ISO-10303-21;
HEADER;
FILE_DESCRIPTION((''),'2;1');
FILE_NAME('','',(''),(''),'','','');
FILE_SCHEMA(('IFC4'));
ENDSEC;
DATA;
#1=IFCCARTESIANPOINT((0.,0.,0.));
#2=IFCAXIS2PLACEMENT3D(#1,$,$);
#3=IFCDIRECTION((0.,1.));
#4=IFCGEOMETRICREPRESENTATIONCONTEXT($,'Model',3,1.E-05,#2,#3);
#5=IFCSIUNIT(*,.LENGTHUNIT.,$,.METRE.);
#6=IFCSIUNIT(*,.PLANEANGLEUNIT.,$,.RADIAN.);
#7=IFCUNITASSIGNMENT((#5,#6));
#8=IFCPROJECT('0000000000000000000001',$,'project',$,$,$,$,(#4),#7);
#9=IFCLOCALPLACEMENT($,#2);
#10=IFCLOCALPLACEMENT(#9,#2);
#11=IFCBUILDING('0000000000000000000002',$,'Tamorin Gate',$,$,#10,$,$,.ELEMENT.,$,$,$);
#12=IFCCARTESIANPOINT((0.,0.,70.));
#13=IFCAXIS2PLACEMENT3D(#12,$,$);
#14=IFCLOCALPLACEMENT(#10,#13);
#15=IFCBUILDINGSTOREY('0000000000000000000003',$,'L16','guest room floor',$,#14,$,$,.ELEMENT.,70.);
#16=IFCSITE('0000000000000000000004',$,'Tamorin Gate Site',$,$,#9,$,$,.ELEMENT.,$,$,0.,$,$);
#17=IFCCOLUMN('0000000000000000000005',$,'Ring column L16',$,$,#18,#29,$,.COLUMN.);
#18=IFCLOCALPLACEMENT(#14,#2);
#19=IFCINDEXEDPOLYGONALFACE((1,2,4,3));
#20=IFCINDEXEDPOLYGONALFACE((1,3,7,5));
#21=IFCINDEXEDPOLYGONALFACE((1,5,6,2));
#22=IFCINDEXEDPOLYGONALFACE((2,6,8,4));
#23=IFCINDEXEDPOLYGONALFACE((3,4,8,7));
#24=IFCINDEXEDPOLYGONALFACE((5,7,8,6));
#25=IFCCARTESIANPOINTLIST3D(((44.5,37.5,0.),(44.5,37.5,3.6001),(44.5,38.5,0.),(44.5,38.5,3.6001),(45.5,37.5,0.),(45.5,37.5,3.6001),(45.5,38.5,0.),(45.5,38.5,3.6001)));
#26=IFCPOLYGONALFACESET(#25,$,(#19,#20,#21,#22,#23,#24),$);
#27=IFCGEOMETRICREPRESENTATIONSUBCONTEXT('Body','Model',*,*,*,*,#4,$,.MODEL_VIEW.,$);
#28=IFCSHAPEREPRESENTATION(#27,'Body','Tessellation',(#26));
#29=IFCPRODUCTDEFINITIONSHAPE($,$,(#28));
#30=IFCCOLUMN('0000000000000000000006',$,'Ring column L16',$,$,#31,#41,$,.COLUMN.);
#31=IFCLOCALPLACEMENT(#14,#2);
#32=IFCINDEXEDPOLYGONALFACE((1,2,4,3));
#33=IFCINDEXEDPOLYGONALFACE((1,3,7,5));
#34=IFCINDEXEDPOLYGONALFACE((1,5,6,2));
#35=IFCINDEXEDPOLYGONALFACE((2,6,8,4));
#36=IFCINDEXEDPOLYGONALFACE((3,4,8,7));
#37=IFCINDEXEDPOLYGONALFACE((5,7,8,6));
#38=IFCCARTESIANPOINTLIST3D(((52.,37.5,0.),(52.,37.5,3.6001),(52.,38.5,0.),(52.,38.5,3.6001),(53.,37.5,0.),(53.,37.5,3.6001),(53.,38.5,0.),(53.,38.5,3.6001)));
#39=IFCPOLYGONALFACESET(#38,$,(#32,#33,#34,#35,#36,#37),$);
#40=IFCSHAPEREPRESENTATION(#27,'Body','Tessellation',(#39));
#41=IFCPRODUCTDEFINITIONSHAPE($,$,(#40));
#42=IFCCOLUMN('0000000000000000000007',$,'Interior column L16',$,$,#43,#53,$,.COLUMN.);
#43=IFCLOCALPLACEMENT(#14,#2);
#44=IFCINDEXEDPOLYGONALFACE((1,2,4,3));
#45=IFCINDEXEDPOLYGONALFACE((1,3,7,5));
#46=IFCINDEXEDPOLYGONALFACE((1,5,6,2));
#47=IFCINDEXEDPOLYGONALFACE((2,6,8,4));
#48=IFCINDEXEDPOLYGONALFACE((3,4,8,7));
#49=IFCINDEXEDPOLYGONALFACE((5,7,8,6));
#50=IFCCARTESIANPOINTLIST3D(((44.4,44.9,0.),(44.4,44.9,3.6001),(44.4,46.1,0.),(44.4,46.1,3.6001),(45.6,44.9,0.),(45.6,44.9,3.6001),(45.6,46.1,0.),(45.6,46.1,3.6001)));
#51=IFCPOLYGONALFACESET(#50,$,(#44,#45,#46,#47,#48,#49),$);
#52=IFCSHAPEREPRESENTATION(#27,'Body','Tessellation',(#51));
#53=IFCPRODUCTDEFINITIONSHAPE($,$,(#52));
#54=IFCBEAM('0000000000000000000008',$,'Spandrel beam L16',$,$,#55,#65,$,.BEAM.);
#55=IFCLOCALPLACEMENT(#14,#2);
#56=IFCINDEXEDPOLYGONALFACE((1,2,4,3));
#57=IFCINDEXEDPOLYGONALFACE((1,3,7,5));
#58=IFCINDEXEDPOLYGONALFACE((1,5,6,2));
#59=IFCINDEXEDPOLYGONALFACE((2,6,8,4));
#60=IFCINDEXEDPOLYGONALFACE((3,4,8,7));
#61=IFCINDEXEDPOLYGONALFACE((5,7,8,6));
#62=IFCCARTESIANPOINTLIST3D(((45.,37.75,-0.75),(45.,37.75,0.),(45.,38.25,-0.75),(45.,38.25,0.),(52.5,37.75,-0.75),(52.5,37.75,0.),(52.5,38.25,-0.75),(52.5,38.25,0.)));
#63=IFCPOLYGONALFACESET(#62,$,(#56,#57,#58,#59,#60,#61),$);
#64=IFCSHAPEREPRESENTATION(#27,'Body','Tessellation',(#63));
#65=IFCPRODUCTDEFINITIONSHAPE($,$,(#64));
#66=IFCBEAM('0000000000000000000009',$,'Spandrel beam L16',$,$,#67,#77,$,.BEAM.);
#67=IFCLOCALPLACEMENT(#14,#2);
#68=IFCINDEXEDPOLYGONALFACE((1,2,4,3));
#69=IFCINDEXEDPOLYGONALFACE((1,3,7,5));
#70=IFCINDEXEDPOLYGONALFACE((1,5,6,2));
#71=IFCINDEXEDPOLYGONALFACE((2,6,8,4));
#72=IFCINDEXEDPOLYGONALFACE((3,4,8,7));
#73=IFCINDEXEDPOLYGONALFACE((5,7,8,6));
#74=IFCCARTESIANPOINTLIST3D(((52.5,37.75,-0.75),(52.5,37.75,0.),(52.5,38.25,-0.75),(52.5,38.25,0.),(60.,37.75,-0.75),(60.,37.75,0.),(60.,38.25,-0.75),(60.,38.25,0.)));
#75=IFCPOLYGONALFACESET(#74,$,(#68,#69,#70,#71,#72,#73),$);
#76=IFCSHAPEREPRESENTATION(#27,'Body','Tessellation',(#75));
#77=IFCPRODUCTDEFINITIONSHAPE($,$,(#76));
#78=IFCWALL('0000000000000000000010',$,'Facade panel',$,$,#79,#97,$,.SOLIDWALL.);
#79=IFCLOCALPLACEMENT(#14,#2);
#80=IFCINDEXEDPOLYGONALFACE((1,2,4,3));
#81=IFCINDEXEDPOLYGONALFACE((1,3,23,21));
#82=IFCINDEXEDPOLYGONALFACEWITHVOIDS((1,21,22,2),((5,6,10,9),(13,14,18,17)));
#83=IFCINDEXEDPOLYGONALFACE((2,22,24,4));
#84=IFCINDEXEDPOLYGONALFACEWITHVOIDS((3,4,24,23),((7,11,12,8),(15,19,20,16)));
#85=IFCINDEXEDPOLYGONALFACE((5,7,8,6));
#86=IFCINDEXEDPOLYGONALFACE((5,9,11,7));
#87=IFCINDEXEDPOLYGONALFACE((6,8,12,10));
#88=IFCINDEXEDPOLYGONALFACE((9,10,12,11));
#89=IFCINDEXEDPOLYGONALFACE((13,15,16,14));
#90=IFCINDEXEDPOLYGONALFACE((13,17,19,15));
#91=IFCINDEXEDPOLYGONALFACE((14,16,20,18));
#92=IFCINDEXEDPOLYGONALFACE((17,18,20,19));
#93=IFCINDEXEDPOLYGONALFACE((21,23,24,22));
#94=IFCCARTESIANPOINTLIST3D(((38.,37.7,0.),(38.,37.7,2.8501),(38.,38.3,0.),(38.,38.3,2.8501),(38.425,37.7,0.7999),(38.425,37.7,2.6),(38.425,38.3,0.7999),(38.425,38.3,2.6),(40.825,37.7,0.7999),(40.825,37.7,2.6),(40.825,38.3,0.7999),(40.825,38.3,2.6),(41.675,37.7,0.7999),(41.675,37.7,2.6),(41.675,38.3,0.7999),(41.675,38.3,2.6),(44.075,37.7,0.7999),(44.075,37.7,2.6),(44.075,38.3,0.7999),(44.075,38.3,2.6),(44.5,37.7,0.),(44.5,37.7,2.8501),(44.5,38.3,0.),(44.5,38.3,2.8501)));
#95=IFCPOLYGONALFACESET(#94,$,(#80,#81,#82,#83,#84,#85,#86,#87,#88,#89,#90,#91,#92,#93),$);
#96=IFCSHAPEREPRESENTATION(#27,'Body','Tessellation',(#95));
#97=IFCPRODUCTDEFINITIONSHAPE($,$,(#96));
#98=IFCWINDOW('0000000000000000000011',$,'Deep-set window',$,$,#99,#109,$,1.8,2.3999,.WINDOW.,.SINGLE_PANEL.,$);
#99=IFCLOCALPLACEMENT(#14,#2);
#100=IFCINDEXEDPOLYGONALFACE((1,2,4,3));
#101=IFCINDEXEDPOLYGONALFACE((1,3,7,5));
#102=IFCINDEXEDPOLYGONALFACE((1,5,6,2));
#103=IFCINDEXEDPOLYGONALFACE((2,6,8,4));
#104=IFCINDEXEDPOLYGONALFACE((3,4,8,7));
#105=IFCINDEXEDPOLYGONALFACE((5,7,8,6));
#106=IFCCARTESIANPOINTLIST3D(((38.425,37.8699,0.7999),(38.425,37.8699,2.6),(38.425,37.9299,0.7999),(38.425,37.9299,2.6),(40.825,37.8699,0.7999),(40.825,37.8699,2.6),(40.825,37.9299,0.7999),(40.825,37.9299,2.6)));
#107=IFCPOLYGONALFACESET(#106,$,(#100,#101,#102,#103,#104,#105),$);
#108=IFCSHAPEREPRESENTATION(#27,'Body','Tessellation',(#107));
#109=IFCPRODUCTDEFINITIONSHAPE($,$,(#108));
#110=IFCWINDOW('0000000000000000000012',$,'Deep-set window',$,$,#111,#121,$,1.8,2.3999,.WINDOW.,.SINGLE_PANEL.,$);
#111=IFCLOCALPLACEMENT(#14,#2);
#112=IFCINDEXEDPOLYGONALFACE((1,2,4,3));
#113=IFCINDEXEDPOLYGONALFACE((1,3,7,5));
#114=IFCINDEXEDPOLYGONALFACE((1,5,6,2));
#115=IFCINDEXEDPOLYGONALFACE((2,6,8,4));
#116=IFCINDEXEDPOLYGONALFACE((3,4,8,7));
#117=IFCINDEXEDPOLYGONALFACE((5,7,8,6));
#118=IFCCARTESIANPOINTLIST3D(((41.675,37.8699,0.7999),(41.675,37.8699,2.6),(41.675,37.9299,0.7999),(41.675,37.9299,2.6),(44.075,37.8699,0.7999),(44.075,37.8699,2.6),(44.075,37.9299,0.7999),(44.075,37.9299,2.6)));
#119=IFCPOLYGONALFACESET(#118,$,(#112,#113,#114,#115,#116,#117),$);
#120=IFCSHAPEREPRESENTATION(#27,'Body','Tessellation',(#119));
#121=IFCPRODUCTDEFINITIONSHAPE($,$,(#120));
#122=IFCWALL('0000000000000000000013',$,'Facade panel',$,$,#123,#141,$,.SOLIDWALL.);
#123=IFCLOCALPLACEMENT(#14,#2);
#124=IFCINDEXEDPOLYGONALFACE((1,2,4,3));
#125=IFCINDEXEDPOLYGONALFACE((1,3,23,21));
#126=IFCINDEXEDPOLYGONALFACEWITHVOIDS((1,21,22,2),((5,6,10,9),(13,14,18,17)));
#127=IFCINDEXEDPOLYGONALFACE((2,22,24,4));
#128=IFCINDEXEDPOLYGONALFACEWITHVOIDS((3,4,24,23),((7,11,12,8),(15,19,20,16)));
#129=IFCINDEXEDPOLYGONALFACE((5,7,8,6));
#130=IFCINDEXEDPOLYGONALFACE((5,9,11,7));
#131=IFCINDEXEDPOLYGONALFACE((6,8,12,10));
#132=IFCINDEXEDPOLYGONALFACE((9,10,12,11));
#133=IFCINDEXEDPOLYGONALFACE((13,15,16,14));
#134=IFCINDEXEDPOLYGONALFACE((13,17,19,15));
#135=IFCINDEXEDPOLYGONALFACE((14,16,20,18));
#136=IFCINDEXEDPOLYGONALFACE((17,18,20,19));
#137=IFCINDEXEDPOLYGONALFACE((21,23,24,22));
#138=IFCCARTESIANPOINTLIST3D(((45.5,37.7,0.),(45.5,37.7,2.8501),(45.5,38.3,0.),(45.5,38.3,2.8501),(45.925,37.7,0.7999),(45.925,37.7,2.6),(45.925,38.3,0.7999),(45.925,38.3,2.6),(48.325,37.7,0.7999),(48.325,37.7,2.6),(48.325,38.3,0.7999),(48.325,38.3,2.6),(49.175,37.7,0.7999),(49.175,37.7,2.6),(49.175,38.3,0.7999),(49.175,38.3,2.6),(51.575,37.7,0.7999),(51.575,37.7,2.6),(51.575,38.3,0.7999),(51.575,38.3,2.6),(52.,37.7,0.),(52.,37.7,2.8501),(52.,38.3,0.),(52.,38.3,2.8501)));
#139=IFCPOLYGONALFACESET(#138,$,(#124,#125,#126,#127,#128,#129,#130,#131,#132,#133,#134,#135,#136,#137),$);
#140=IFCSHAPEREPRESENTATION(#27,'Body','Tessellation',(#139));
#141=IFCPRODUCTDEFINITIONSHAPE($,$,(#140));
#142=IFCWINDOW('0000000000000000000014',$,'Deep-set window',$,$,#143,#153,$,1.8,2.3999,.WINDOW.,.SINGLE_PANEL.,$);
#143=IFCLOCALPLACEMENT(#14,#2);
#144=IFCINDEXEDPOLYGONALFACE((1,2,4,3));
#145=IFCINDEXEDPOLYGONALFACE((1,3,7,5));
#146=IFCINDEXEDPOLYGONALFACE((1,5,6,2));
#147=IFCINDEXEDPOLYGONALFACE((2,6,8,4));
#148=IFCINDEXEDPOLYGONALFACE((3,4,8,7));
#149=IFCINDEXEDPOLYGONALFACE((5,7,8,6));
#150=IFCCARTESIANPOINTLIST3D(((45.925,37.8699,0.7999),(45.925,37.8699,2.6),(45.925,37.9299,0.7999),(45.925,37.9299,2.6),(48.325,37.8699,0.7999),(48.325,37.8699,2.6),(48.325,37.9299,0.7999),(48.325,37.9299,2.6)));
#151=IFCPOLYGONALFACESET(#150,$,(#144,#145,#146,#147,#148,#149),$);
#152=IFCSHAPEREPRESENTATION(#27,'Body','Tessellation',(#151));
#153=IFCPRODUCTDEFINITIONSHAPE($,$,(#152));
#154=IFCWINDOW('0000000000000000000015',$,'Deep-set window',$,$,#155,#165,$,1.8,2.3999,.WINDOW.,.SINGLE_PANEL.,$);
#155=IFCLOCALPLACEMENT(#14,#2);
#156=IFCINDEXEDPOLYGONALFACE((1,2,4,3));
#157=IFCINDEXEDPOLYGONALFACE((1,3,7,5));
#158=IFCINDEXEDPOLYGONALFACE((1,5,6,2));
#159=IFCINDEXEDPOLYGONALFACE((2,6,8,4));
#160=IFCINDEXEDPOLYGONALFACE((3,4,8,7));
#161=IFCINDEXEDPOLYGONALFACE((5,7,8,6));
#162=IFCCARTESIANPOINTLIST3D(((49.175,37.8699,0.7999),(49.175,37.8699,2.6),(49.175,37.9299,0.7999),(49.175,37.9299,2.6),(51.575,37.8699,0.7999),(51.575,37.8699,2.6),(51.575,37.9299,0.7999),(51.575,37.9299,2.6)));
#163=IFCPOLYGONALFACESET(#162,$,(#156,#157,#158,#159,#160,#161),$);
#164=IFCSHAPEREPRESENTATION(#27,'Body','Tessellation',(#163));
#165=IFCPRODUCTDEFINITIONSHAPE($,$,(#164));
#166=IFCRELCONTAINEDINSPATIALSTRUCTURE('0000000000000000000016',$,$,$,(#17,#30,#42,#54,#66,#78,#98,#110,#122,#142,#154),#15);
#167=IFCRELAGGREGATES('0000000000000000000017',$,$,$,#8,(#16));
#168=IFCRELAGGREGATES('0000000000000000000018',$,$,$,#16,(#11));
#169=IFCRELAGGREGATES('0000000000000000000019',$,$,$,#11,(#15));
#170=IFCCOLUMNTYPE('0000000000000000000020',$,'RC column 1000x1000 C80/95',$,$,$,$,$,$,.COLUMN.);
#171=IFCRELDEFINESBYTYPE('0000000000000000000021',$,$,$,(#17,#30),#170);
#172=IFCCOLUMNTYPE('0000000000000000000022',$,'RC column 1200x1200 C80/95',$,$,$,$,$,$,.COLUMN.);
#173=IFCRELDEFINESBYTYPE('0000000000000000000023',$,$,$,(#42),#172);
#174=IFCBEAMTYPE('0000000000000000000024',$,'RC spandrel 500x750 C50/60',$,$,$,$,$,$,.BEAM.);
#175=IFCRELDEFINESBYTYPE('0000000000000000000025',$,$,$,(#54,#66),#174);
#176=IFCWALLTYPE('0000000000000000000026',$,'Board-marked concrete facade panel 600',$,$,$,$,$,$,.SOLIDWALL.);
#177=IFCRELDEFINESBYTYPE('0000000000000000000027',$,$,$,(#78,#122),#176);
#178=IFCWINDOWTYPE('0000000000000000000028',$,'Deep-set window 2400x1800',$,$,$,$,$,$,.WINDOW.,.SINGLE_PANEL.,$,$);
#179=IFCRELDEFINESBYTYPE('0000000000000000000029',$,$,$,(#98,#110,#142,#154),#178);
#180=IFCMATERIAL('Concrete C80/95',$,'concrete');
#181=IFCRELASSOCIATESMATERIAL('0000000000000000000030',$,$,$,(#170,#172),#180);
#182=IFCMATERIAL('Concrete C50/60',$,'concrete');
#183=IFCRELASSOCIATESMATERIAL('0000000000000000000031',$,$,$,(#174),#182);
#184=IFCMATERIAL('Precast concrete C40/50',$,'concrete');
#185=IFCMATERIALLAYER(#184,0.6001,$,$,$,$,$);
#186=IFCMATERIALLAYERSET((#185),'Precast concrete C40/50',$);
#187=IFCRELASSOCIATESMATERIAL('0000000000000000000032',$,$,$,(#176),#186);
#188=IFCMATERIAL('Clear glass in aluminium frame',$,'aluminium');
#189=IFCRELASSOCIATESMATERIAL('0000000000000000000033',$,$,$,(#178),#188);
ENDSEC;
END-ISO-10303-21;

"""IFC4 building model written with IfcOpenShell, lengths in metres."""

from ifc_helpers import new_model, si_unit, direction, frame, frame_2d, origin, origin_2d, place, context, subcontext, project, spatial, rectangle, extrude, material, layer, layer_set, material_profile, profile_set, type_object, element, fill, save


model = new_model("IFC4")

# Units and contexts
model_context = context("Model", 3, precision=1e-05, world=origin(), true_north=direction((0.0, 1.0)))
body_context = subcontext(model_context, "Body", "Model", "MODEL_VIEW")
ifc_project = project(units=[si_unit("LENGTHUNIT", "METRE"), si_unit("PLANEANGLEUNIT", "RADIAN")], contexts=[model_context])

# Site, building, storey
site_placement = place(None, origin())
site = spatial("IfcSite", under=ifc_project, at=site_placement, Name="Tamorin Gate Site", CompositionType="ELEMENT", RefElevation=0.0)
building_placement = place(site_placement, origin())
building = spatial("IfcBuilding", under=site, at=building_placement, Name="Tamorin Gate", CompositionType="ELEMENT")
storey_placement = place(building_placement, frame((0.0, 0.0, 70.0)))
storey = spatial("IfcBuildingStorey", under=building, at=storey_placement, Name="L16", Description="guest room floor", CompositionType="ELEMENT", Elevation=70.0)

# Columns
ifc_material_1 = material(Name="Concrete C80/95", Category="concrete")
ifc_material_profile_1 = material_profile(ifc_material_1, rectangle(XDim=1.0, YDim=1.0, at=origin_2d()), Name="RC 1000x1000")
ifc_profile_set_1 = profile_set([ifc_material_profile_1], Name="Concrete C80/95")
column_type_1 = type_object("IfcColumnType", Name="RC column 1000x1000 C80/95", PredefinedType="COLUMN", material=ifc_profile_set_1)
for number, where, z_axis, x_axis, name in (
    (1, (45.0, 38.0, 0.0), (0.0, 0.0, 1.0), (1.0, 0.0, 0.0), "Ring column L16"),
    (2, (52.5, 38.0, 0.0), (0.0, 0.0, 1.0), (1.0, 0.0, 0.0), "Ring column L16"),
):
    element("IfcColumn", number, at=place(storey_placement, frame(where, z_axis=z_axis, x_axis=x_axis)), inside=storey, type_object=column_type_1, Name=name, PredefinedType="COLUMN", context=body_context, shape_type="SweptSolid", body=[
        extrude(rectangle(XDim=1.0, YDim=1.0, at=origin_2d()), origin(), (0.0, 0.0, 1.0), 3.6001),
    ])
ifc_material_profile_2 = material_profile(ifc_material_1, rectangle(XDim=1.2, YDim=1.2, at=origin_2d()), Name="RC 1200x1200")
ifc_profile_set_2 = profile_set([ifc_material_profile_2], Name="Concrete C80/95")
column_type_2 = type_object("IfcColumnType", Name="RC column 1200x1200 C80/95", PredefinedType="COLUMN", material=ifc_profile_set_2)
column_placement = place(storey_placement, frame((45.0, 45.5, 0.0), z_axis=(0.0, 0.0, 1.0), x_axis=(1.0, 0.0, 0.0)))
element("IfcColumn", 3, at=column_placement, inside=storey, type_object=column_type_2, Name="Interior column L16", PredefinedType="COLUMN", context=body_context, shape_type="SweptSolid", body=[
    extrude(rectangle(XDim=1.2, YDim=1.2, at=origin_2d()), origin(), (0.0, 0.0, 1.0), 3.6001),
])

# Beams
ifc_material_2 = material(Name="Concrete C50/60", Category="concrete")
ifc_material_profile_3 = material_profile(ifc_material_2, rectangle(XDim=0.5, YDim=0.75, at=origin_2d()), Name="RC 500x750")
ifc_profile_set_3 = profile_set([ifc_material_profile_3], Name="Concrete C50/60")
beam_type = type_object("IfcBeamType", Name="RC spandrel 500x750 C50/60", PredefinedType="BEAM", material=ifc_profile_set_3)
for number, where, z_axis, x_axis, name in (
    (4, (45.0, 38.0, -0.375), (1.0, 0.0, 0.0), (0.0, 1.0, 0.0), "Spandrel beam L16"),
    (5, (52.5, 38.0, -0.375), (1.0, 0.0, 0.0), (0.0, 1.0, 0.0), "Spandrel beam L16"),
):
    element("IfcBeam", number, at=place(storey_placement, frame(where, z_axis=z_axis, x_axis=x_axis)), inside=storey, type_object=beam_type, Name=name, PredefinedType="BEAM", context=body_context, shape_type="SweptSolid", body=[
        extrude(rectangle(XDim=0.5, YDim=0.75, at=origin_2d()), origin(), (0.0, 0.0, 1.0), 7.5),
    ])

# Walls, openings, windows
ifc_material_3 = material(Name="Precast concrete C40/50", Category="concrete")
ifc_layer_1 = layer(ifc_material_3, 0.6001)
ifc_layer_set_1 = layer_set([ifc_layer_1], Name="Precast concrete C40/50")
wall_type_1 = type_object("IfcWallType", Name="Board-marked concrete facade panel 600", PredefinedType="SOLIDWALL", material=ifc_layer_set_1)
wall_1_placement = place(storey_placement, frame((38.0, 38.0, 0.0), z_axis=(0.0, 0.0, 1.0), x_axis=(1.0, 0.0, 0.0)))
wall_1 = element("IfcWall", 6, at=wall_1_placement, inside=storey, type_object=wall_type_1, Name="Facade panel", PredefinedType="SOLIDWALL", context=body_context, shape_type="SweptSolid", body=[
    extrude(rectangle(XDim=6.5, YDim=0.6001, at=frame_2d((3.25, 0.0))), origin(), (0.0, 0.0, 1.0), 2.8501),
])
opening_1_placement = place(wall_1_placement, frame((0.425, 0.0, 0.8)))
opening_1 = element("IfcOpeningElement", 7, at=opening_1_placement, cuts=wall_1, PredefinedType="OPENING", context=body_context, shape_type="SweptSolid", body=[
    extrude(rectangle(XDim=2.3999, YDim=1.8, at=frame_2d((1.2, 0.8999))), frame((0.0, 0.3101, 0.0), z_axis=(0.0, -1.0, 0.0), x_axis=(1.0, 0.0, 0.0)), (0.0, 0.0, 1.0), 0.6201),
])
opening_2_placement = place(wall_1_placement, frame((3.675, 0.0, 0.8)))
opening_2 = element("IfcOpeningElement", 8, at=opening_2_placement, cuts=wall_1, PredefinedType="OPENING", context=body_context, shape_type="SweptSolid", body=[
    extrude(rectangle(XDim=2.3999, YDim=1.8, at=frame_2d((1.2, 0.8999))), frame((0.0, 0.3101, 0.0), z_axis=(0.0, -1.0, 0.0), x_axis=(1.0, 0.0, 0.0)), (0.0, 0.0, 1.0), 0.6201),
])
ifc_material_4 = material(Name="Clear glass in aluminium frame", Category="aluminium")
window_type = type_object("IfcWindowType", Name="Deep-set window 2400x1800", PartitioningType="SINGLE_PANEL", PredefinedType="WINDOW", material=ifc_material_4)
window_1_placement = place(opening_1_placement, origin())
window_1 = element("IfcWindow", 9, at=window_1_placement, inside=storey, type_object=window_type, Name="Deep-set window", OverallHeight=1.8, OverallWidth=2.3999, PartitioningType="SINGLE_PANEL", PredefinedType="WINDOW", context=body_context, shape_type="SweptSolid", body=[
    extrude(rectangle(XDim=2.3999, YDim=1.8, at=frame_2d((1.2, 0.8999))), frame((0.0, -0.0701, 0.0), z_axis=(0.0, -1.0, 0.0), x_axis=(1.0, 0.0, 0.0)), (0.0, 0.0, 1.0), 0.0601),
])
fill(opening_1, window_1)
window_2_placement = place(opening_2_placement, origin())
window_2 = element("IfcWindow", 10, at=window_2_placement, inside=storey, type_object=window_type, Name="Deep-set window", OverallHeight=1.8, OverallWidth=2.3999, PartitioningType="SINGLE_PANEL", PredefinedType="WINDOW", context=body_context, shape_type="SweptSolid", body=[
    extrude(rectangle(XDim=2.3999, YDim=1.8, at=frame_2d((1.2, 0.8999))), frame((0.0, -0.0701, 0.0), z_axis=(0.0, -1.0, 0.0), x_axis=(1.0, 0.0, 0.0)), (0.0, 0.0, 1.0), 0.0601),
])
fill(opening_2, window_2)
wall_2_placement = place(storey_placement, frame((45.5, 38.0, 0.0), z_axis=(0.0, 0.0, 1.0), x_axis=(1.0, 0.0, 0.0)))
wall_2 = element("IfcWall", 11, at=wall_2_placement, inside=storey, type_object=wall_type_1, Name="Facade panel", PredefinedType="SOLIDWALL", context=body_context, shape_type="SweptSolid", body=[
    extrude(rectangle(XDim=6.5, YDim=0.6001, at=frame_2d((3.25, 0.0))), origin(), (0.0, 0.0, 1.0), 2.8501),
])
opening_3_placement = place(wall_2_placement, frame((0.425, 0.0, 0.8)))
opening_3 = element("IfcOpeningElement", 12, at=opening_3_placement, cuts=wall_2, PredefinedType="OPENING", context=body_context, shape_type="SweptSolid", body=[
    extrude(rectangle(XDim=2.3999, YDim=1.8, at=frame_2d((1.2, 0.8999))), frame((0.0, 0.3101, 0.0), z_axis=(0.0, -1.0, 0.0), x_axis=(1.0, 0.0, 0.0)), (0.0, 0.0, 1.0), 0.6201),
])
opening_4_placement = place(wall_2_placement, frame((3.675, 0.0, 0.8)))
opening_4 = element("IfcOpeningElement", 13, at=opening_4_placement, cuts=wall_2, PredefinedType="OPENING", context=body_context, shape_type="SweptSolid", body=[
    extrude(rectangle(XDim=2.3999, YDim=1.8, at=frame_2d((1.2, 0.8999))), frame((0.0, 0.3101, 0.0), z_axis=(0.0, -1.0, 0.0), x_axis=(1.0, 0.0, 0.0)), (0.0, 0.0, 1.0), 0.6201),
])
window_3_placement = place(opening_3_placement, origin())
window_3 = element("IfcWindow", 14, at=window_3_placement, inside=storey, type_object=window_type, Name="Deep-set window", OverallHeight=1.8, OverallWidth=2.3999, PartitioningType="SINGLE_PANEL", PredefinedType="WINDOW", context=body_context, shape_type="SweptSolid", body=[
    extrude(rectangle(XDim=2.3999, YDim=1.8, at=frame_2d((1.2, 0.8999))), frame((0.0, -0.0701, 0.0), z_axis=(0.0, -1.0, 0.0), x_axis=(1.0, 0.0, 0.0)), (0.0, 0.0, 1.0), 0.0601),
])
fill(opening_3, window_3)
window_4_placement = place(opening_4_placement, origin())
window_4 = element("IfcWindow", 15, at=window_4_placement, inside=storey, type_object=window_type, Name="Deep-set window", OverallHeight=1.8, OverallWidth=2.3999, PartitioningType="SINGLE_PANEL", PredefinedType="WINDOW", context=body_context, shape_type="SweptSolid", body=[
    extrude(rectangle(XDim=2.3999, YDim=1.8, at=frame_2d((1.2, 0.8999))), frame((0.0, -0.0701, 0.0), z_axis=(0.0, -1.0, 0.0), x_axis=(1.0, 0.0, 0.0)), (0.0, 0.0, 1.0), 0.0601),
])
fill(opening_4, window_4)

save(model, "model.ifc")
